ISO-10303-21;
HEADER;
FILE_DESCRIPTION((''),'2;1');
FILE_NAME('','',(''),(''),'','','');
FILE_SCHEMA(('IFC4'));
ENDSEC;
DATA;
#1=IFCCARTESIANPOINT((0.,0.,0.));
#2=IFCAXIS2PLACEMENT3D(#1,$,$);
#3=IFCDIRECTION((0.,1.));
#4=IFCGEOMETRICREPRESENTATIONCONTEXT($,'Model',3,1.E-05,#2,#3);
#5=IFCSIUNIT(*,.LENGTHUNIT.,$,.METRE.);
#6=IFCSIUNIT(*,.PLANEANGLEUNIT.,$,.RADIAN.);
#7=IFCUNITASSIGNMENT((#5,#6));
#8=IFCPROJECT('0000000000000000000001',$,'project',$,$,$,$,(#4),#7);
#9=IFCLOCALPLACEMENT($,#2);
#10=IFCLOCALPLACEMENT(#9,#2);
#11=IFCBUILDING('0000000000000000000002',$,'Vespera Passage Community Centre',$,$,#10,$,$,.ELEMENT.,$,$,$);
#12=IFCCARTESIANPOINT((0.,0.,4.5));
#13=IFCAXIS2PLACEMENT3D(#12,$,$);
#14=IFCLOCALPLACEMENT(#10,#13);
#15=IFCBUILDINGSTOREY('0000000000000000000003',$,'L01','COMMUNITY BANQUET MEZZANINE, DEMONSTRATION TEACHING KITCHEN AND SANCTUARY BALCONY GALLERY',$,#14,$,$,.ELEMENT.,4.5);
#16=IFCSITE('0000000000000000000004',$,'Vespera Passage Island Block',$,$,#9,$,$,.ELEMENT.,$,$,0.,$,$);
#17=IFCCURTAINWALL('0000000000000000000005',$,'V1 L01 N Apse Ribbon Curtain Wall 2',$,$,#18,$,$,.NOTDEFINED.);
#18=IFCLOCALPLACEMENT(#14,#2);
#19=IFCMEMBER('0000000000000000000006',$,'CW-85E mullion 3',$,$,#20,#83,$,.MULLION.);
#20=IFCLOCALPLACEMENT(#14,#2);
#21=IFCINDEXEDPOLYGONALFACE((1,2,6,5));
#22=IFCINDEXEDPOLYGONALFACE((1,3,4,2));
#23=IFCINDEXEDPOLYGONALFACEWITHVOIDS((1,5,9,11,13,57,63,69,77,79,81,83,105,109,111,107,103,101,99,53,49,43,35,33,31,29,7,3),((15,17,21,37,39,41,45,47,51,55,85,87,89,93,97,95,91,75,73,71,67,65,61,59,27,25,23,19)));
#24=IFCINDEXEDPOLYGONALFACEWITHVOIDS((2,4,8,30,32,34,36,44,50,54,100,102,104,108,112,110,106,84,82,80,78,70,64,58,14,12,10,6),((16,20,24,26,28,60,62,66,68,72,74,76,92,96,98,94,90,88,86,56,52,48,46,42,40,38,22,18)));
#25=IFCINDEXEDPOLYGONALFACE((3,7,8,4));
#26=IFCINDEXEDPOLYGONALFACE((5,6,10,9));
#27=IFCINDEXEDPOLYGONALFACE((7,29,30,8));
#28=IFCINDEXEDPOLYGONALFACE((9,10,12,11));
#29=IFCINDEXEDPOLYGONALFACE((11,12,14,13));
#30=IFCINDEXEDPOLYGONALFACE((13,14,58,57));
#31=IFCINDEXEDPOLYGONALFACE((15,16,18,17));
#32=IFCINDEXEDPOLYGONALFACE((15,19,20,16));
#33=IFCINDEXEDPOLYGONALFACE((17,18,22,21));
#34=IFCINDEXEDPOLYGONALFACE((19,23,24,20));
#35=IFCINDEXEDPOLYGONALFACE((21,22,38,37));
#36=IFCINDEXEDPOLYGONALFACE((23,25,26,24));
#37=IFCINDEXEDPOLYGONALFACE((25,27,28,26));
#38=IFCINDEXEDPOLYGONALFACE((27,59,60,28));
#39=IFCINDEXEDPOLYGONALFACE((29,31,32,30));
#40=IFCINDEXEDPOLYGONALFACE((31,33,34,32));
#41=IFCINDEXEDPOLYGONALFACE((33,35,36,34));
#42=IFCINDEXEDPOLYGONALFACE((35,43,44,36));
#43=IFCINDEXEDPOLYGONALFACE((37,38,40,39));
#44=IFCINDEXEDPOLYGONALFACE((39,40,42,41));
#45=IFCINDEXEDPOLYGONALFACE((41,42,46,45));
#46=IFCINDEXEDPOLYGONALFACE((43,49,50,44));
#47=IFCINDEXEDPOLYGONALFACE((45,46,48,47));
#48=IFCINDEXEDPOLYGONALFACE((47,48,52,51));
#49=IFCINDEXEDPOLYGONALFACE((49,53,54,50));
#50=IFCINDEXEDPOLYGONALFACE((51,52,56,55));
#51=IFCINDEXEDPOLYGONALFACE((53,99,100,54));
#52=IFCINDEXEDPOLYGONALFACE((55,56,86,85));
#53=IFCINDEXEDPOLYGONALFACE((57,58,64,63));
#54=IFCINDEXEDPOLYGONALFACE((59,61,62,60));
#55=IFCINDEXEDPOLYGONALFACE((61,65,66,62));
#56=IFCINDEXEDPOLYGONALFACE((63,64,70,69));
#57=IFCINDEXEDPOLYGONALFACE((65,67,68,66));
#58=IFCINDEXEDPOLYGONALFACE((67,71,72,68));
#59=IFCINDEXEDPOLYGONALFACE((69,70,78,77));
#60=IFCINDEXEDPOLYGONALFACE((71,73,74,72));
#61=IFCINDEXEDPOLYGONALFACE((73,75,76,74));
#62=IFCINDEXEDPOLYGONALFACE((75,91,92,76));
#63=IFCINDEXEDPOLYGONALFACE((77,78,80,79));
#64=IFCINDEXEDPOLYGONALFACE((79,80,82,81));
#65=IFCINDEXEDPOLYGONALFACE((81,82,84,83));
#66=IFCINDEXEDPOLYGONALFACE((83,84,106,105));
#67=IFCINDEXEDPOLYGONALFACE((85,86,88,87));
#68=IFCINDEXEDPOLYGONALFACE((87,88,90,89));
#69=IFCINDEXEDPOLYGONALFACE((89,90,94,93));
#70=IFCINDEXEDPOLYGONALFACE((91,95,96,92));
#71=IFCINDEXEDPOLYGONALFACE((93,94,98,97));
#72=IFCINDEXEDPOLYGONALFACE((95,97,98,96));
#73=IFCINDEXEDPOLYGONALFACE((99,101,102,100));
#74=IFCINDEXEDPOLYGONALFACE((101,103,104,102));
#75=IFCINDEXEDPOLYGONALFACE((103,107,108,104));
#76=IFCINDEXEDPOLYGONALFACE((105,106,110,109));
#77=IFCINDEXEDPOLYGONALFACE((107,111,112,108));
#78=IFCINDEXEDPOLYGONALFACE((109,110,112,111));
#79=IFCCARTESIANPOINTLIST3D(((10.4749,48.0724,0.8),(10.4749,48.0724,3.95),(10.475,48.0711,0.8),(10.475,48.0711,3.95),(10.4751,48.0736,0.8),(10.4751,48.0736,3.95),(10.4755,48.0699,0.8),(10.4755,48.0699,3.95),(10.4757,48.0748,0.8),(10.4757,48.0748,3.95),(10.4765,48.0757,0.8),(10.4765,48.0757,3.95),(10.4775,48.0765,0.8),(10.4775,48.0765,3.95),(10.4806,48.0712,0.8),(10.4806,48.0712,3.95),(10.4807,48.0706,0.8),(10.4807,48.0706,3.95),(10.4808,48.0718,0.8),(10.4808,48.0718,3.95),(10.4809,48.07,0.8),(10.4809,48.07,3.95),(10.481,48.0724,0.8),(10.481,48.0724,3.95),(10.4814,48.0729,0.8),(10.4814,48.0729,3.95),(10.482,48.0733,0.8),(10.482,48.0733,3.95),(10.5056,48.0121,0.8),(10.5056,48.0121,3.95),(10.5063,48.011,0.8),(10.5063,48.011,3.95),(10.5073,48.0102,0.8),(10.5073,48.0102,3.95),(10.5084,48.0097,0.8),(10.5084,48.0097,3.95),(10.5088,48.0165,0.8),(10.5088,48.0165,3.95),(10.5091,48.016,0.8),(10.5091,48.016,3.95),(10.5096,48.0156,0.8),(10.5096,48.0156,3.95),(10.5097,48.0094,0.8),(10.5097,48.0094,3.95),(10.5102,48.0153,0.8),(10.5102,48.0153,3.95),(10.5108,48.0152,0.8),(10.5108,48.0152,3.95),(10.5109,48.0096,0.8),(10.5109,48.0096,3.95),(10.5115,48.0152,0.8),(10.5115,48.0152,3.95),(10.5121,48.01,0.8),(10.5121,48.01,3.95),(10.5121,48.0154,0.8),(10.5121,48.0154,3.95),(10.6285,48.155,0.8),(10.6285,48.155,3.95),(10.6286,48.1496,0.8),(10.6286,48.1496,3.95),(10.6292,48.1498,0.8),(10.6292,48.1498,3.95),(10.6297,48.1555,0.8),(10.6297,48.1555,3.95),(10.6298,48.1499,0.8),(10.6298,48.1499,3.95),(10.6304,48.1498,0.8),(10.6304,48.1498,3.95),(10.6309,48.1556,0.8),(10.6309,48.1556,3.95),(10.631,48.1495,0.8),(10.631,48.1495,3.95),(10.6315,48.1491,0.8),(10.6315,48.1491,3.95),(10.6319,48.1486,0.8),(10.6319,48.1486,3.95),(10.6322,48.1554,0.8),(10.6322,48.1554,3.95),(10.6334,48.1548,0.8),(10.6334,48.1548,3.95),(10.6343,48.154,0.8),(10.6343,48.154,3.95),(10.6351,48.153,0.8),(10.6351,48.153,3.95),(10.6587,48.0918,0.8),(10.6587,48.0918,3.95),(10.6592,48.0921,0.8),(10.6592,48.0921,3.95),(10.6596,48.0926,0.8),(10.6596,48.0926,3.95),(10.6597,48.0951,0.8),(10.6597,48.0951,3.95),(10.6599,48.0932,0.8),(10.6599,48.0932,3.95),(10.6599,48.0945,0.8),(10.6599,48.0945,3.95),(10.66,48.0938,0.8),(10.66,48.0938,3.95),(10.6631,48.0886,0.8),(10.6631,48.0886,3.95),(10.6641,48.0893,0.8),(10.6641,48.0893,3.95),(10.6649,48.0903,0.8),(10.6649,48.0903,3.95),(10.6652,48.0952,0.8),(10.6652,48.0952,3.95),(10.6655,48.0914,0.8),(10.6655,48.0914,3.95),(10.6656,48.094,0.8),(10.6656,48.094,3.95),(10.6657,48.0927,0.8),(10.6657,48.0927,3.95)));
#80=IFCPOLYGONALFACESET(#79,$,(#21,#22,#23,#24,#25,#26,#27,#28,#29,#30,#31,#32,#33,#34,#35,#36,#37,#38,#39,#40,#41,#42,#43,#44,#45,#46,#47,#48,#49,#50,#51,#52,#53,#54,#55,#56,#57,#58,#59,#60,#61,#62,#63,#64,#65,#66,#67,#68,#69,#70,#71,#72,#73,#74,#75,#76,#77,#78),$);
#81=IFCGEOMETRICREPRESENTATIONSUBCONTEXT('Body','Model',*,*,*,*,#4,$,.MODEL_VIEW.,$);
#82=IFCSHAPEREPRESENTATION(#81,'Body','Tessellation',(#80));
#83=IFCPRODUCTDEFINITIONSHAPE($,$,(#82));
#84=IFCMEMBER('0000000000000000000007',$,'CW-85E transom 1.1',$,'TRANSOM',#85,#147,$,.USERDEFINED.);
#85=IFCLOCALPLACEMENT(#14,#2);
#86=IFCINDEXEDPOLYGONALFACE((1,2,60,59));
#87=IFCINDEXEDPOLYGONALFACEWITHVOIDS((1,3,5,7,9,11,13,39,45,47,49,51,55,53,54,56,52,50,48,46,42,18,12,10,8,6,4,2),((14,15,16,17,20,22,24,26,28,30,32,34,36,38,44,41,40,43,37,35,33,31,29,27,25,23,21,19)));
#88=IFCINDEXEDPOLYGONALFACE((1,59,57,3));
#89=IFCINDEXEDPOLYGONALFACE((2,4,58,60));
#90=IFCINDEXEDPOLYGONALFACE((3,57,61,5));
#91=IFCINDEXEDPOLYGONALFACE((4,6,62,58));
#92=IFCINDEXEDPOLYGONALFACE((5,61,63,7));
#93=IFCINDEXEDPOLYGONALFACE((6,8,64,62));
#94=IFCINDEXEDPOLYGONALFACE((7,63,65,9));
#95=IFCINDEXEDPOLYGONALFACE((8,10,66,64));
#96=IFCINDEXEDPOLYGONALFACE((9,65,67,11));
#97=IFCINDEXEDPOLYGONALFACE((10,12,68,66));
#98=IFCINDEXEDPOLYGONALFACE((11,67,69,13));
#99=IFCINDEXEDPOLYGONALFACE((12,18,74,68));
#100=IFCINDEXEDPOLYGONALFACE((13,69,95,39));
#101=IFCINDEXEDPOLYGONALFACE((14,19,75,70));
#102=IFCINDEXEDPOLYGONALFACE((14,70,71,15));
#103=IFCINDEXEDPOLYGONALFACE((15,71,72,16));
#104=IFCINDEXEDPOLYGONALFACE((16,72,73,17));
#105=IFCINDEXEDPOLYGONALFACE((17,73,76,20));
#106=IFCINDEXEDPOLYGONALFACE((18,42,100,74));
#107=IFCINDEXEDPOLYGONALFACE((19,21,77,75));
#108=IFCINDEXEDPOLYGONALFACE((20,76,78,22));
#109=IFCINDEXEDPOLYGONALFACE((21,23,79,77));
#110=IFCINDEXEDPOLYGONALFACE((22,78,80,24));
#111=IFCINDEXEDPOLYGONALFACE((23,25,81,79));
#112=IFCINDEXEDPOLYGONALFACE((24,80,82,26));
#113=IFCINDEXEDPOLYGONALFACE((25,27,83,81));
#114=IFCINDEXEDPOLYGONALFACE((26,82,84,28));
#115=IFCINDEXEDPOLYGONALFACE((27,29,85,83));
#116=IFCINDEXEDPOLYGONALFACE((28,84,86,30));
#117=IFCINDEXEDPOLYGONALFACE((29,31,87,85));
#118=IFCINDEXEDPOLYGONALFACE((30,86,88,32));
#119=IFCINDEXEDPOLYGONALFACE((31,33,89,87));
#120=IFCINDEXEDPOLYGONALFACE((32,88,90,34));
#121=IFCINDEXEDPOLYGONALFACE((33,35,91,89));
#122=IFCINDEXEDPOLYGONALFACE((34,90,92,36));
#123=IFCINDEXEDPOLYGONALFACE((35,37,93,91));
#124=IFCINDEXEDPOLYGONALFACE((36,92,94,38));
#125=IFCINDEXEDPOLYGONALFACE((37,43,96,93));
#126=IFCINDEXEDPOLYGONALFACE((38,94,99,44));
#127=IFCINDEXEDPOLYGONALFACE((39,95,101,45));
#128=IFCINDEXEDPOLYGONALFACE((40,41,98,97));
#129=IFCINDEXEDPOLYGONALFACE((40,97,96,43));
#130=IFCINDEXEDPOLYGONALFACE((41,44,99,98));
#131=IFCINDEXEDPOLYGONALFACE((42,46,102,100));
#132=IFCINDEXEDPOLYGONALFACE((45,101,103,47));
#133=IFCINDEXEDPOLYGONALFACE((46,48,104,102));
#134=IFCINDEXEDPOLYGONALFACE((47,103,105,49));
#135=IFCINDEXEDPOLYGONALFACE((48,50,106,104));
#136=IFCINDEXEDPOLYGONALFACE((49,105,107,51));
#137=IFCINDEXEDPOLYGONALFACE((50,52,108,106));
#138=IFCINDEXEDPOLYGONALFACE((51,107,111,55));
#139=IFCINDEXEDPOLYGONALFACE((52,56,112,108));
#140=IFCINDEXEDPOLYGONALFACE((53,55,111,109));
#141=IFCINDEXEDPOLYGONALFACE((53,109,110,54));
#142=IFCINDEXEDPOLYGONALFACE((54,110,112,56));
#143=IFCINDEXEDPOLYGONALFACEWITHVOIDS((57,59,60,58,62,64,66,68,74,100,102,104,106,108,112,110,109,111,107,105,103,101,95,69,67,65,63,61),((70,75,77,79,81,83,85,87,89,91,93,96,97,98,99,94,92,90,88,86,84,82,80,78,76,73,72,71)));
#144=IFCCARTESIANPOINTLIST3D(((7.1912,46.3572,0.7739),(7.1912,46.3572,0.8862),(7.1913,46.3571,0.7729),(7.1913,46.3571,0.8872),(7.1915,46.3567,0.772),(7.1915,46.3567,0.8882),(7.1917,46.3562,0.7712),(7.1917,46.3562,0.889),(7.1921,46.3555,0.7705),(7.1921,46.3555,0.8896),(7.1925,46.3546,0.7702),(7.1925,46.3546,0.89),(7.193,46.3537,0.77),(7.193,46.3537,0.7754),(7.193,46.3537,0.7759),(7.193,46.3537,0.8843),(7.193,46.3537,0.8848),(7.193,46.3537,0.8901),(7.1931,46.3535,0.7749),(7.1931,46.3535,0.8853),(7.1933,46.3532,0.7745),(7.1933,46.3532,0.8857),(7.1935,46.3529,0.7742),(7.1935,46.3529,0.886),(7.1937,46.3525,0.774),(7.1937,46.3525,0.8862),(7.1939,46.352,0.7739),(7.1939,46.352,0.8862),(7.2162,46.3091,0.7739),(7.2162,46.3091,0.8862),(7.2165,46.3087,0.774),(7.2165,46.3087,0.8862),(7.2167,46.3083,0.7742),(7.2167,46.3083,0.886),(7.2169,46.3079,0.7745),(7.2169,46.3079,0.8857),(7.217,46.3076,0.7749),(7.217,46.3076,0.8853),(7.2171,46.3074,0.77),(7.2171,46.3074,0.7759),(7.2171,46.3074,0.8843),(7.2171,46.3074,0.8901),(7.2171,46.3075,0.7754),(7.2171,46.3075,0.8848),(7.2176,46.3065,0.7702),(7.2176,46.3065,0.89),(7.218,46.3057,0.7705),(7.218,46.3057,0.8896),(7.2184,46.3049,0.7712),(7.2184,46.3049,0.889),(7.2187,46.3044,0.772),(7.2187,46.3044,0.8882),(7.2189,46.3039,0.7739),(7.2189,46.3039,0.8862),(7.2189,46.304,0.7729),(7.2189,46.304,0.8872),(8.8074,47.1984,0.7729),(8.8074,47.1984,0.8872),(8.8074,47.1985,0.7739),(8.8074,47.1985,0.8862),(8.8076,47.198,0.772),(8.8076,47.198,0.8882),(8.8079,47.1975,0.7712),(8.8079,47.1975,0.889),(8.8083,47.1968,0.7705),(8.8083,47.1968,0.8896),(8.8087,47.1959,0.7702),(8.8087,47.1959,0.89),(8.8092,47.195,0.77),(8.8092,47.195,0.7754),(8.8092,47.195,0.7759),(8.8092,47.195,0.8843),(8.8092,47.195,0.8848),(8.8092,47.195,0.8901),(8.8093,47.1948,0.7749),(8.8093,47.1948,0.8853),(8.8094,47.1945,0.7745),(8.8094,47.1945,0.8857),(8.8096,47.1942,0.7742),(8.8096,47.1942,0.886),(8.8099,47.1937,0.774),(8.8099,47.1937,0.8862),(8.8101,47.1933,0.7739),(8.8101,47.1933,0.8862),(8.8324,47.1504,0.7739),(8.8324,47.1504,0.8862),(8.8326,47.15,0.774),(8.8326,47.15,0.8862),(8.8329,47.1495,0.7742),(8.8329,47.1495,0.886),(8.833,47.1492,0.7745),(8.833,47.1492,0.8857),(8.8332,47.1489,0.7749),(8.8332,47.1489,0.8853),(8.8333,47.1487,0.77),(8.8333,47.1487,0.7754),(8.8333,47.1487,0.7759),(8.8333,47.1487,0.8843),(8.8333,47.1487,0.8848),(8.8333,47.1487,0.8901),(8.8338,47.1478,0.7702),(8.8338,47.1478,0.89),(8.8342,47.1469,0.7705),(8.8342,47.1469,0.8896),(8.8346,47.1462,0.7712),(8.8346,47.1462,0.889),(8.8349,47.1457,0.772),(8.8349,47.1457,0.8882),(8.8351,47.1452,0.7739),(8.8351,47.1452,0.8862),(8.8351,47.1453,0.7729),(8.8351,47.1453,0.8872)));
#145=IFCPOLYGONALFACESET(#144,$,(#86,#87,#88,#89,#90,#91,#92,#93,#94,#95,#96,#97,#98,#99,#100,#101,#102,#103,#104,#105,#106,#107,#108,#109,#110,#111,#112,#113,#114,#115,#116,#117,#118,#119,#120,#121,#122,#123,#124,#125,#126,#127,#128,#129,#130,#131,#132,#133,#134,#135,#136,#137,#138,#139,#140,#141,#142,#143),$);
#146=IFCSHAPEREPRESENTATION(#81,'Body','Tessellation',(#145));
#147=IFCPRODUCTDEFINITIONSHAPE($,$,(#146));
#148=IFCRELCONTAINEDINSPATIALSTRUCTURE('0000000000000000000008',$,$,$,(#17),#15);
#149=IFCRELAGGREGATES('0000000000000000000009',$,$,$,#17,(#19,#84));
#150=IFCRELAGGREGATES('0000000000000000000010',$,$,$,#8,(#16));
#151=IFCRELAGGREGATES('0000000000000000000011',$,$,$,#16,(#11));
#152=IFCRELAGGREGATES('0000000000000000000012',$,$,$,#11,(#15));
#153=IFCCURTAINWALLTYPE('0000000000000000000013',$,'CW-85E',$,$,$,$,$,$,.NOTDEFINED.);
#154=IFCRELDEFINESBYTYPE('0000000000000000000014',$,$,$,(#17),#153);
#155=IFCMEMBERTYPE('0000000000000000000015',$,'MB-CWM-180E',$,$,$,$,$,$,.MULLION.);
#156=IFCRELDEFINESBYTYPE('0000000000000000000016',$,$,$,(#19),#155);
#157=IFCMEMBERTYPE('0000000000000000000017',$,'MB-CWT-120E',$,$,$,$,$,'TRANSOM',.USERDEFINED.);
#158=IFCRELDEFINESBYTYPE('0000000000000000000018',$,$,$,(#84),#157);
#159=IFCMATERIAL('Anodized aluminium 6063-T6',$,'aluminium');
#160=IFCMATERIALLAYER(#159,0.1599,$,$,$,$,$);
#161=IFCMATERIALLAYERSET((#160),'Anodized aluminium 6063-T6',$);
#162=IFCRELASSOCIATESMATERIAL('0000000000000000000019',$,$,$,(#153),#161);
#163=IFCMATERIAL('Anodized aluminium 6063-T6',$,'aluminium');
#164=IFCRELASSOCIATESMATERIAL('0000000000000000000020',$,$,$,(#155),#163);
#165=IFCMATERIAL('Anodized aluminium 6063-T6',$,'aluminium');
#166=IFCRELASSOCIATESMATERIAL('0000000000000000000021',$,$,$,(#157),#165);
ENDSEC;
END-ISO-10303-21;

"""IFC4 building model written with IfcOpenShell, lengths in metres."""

from ifc_helpers import new_model, si_unit, direction, frame, origin, origin_2d, place, context, subcontext, project, spatial, hollow_rectangle, extrude, material, layer, layer_set, material_profile, profile_set, type_object, element, aggregate, save


model = new_model("IFC4")

# Units and contexts
model_context = context("Model", 3, precision=1e-05, world=origin(), true_north=direction((0.0, 1.0)))
body_context = subcontext(model_context, "Body", "Model", "MODEL_VIEW")
ifc_project = project(units=[si_unit("LENGTHUNIT", "METRE"), si_unit("PLANEANGLEUNIT", "RADIAN")], contexts=[model_context])

# Site, building, storey
site_placement = place(None, origin())
site = spatial("IfcSite", under=ifc_project, at=site_placement, Name="Vespera Passage Island Block", CompositionType="ELEMENT", RefElevation=0.0)
building_placement = place(site_placement, origin())
building = spatial("IfcBuilding", under=site, at=building_placement, Name="Vespera Passage Community Centre", CompositionType="ELEMENT")
storey_placement = place(building_placement, frame((0.0, 0.0, 4.5)))
storey = spatial("IfcBuildingStorey", under=building, at=storey_placement, Name="L01", Description="COMMUNITY BANQUET MEZZANINE, DEMONSTRATION TEACHING KITCHEN AND SANCTUARY BALCONY GALLERY", CompositionType="ELEMENT", Elevation=4.5)

# Curtain wall, members
ifc_material_1 = material(Name="Anodized aluminium 6063-T6", Category="aluminium")
ifc_layer_1 = layer(ifc_material_1, 0.1599)
ifc_layer_set_1 = layer_set([ifc_layer_1], Name="Anodized aluminium 6063-T6")
curtain_wall_type = type_object("IfcCurtainWallType", Name="CW-85E", PredefinedType="NOTDEFINED", material=ifc_layer_set_1)
curtain_wall_placement = place(storey_placement, origin())
curtain_wall = element("IfcCurtainWall", 1, at=curtain_wall_placement, inside=storey, type_object=curtain_wall_type, Name="V1 L01 N Apse Ribbon Curtain Wall 2", PredefinedType="NOTDEFINED")
ifc_material_2 = material(Name="Anodized aluminium 6063-T6", Category="aluminium")
ifc_material_profile_1 = material_profile(ifc_material_2, hollow_rectangle(XDim=0.075, YDim=0.1799, WallThickness=0.0049, InnerFilletRadius=0.0024, OuterFilletRadius=0.0049, at=origin_2d()), Name="ALU180X75X5")
ifc_profile_set_1 = profile_set([ifc_material_profile_1], Name="Anodized aluminium 6063-T6")
member_type_1 = type_object("IfcMemberType", Name="MB-CWM-180E", PredefinedType="MULLION", material=ifc_profile_set_1)
member_1_placement = place(storey_placement, frame((10.5703, 48.0825, 0.8), z_axis=(0.0, 0.0, 1.0), x_axis=(-0.461745, 0.887013, 0.0)))
member_1 = element("IfcMember", 2, at=member_1_placement, type_object=member_type_1, Name="CW-85E mullion 3", PredefinedType="MULLION", context=body_context, shape_type="SweptSolid", body=[
    extrude(hollow_rectangle(XDim=0.075, YDim=0.1799, WallThickness=0.0049, InnerFilletRadius=0.0024, OuterFilletRadius=0.0049, at=origin_2d()), origin(), (0.0, 0.0, 1.0), 3.1499),
])
ifc_material_3 = material(Name="Anodized aluminium 6063-T6", Category="aluminium")
ifc_material_profile_2 = material_profile(ifc_material_3, hollow_rectangle(XDim=0.0601, YDim=0.1201, WallThickness=0.0039, InnerFilletRadius=0.002, OuterFilletRadius=0.0039, at=origin_2d()), Name="ALU120X60X4")
ifc_profile_set_2 = profile_set([ifc_material_profile_2], Name="Anodized aluminium 6063-T6")
member_type_2 = type_object("IfcMemberType", Name="MB-CWT-120E", ElementType="TRANSOM", PredefinedType="USERDEFINED", material=ifc_profile_set_2)
member_2_placement = place(storey_placement, frame((7.2051, 46.3306, 0.8301), z_axis=(0.887019, 0.461732, 0.0), x_axis=(-0.461732, 0.887019, 0.0)))
member_2 = element("IfcMember", 3, at=member_2_placement, type_object=member_type_2, Name="CW-85E transom 1.1", ObjectType="TRANSOM", PredefinedType="USERDEFINED", context=body_context, shape_type="SweptSolid", body=[
    extrude(hollow_rectangle(XDim=0.0601, YDim=0.1201, WallThickness=0.0039, InnerFilletRadius=0.002, OuterFilletRadius=0.0039, at=origin_2d()), origin(), (0.0, 0.0, 1.0), 1.822),
])
aggregate(curtain_wall, [member_1, member_2])

save(model, "model.ifc")
